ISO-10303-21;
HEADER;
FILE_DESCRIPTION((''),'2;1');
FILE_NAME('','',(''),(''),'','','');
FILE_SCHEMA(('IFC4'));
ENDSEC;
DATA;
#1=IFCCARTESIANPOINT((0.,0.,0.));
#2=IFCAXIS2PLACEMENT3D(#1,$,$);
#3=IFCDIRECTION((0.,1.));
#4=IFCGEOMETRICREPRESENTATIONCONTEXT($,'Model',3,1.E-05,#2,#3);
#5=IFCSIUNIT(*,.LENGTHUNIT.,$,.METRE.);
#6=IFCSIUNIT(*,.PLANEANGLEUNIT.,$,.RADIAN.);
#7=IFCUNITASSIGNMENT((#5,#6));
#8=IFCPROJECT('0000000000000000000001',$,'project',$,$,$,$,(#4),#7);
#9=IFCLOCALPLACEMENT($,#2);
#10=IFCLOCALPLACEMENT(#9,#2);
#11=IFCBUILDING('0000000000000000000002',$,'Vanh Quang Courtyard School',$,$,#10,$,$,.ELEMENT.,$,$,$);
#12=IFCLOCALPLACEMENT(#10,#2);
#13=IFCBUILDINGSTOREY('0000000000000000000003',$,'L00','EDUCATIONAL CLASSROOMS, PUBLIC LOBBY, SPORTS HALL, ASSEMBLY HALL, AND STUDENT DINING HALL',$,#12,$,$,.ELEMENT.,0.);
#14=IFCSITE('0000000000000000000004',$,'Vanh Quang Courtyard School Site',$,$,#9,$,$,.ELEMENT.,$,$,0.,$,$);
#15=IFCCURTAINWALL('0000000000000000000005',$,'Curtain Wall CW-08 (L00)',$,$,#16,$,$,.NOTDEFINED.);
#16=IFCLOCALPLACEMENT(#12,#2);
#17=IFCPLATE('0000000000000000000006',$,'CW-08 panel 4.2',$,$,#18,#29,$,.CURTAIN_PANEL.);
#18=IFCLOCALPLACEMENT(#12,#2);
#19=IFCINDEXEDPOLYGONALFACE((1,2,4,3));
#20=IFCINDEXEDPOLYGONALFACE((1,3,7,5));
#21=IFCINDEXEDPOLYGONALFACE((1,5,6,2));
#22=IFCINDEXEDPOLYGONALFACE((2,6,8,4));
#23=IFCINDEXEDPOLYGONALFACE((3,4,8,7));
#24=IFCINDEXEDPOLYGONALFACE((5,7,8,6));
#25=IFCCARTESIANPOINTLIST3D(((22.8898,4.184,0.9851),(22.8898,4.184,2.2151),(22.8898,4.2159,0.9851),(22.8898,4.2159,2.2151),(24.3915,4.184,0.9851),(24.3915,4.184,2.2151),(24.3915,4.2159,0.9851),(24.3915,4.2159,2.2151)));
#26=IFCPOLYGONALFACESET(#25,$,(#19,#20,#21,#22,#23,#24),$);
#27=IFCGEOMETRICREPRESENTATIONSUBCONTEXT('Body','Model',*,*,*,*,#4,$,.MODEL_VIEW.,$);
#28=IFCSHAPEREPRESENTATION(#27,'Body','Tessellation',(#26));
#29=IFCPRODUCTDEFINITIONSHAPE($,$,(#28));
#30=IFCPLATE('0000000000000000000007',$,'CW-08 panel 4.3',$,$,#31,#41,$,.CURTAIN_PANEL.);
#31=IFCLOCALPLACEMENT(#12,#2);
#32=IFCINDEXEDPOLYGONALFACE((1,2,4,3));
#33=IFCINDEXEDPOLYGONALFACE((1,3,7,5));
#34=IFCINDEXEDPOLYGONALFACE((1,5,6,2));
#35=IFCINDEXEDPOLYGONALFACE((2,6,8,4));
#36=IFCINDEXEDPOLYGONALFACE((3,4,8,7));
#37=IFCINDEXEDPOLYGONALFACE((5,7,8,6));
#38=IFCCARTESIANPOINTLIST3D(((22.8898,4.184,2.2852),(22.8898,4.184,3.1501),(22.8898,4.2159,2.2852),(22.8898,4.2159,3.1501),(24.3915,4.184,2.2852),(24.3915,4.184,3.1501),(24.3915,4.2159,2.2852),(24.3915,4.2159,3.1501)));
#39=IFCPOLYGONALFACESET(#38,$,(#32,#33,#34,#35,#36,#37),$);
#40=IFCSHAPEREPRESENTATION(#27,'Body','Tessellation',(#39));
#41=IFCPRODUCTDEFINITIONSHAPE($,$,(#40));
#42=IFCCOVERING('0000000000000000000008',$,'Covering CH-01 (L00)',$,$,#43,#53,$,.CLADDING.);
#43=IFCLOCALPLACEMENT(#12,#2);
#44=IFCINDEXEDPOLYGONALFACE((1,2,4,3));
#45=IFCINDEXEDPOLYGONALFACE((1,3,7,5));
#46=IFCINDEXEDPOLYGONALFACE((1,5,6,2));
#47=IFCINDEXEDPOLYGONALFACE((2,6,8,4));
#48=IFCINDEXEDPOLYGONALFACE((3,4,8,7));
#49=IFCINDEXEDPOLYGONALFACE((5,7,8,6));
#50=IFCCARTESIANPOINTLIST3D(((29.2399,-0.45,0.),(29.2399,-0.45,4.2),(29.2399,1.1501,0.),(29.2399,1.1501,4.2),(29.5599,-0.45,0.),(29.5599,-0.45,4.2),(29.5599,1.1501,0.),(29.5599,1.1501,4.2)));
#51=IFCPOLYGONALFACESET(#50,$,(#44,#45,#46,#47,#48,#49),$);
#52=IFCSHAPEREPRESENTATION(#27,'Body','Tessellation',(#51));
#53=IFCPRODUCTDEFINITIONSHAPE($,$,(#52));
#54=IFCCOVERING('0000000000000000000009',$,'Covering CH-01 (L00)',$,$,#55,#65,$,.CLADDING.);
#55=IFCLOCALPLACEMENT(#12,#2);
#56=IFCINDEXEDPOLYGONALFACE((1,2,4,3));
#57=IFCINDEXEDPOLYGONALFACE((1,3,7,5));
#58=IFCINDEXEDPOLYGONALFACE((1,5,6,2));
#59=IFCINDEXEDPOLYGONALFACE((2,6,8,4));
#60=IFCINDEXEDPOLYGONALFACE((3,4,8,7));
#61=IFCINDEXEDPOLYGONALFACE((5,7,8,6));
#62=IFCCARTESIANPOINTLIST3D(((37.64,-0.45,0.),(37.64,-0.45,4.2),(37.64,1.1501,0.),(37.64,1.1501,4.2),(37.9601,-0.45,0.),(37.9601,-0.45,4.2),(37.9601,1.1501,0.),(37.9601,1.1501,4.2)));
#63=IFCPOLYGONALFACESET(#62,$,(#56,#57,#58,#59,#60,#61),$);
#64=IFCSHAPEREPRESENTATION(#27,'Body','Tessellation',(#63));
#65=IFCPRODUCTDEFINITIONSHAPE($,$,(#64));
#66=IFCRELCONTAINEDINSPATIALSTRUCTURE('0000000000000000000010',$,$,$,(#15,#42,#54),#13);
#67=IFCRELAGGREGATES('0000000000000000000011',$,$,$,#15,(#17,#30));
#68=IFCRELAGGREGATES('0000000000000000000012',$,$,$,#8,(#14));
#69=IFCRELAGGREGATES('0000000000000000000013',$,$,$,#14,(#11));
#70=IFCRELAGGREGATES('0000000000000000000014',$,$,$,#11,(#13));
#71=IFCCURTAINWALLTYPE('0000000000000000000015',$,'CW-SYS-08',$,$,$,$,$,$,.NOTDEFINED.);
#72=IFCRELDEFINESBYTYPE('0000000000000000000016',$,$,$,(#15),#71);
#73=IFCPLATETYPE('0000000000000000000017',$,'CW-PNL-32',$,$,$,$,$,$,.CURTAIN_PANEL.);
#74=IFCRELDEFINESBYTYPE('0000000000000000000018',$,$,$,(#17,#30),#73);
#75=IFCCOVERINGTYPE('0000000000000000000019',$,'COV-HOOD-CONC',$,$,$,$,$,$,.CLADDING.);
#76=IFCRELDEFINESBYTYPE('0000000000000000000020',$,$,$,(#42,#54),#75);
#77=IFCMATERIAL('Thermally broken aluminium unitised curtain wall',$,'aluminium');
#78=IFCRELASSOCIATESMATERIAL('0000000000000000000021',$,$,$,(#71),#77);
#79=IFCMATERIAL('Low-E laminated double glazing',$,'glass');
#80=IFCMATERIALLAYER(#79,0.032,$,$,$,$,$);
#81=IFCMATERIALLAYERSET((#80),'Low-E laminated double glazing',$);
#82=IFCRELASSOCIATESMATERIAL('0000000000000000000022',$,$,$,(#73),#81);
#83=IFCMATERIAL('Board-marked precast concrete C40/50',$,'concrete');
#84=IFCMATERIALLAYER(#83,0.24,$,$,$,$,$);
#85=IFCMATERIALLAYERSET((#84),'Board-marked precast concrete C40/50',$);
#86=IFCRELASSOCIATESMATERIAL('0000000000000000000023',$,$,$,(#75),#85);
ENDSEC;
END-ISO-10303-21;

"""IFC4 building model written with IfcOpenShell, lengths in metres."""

from ifc_helpers import new_model, si_unit, direction, frame, origin, origin_2d, place, context, subcontext, project, spatial, rectangle, extrude, material, layer, layer_set, type_object, element, aggregate, save


model = new_model("IFC4")

# Units and contexts
model_context = context("Model", 3, precision=1e-05, world=origin(), true_north=direction((0.0, 1.0)))
body_context = subcontext(model_context, "Body", "Model", "MODEL_VIEW")
ifc_project = project(units=[si_unit("LENGTHUNIT", "METRE"), si_unit("PLANEANGLEUNIT", "RADIAN")], contexts=[model_context])

# Site, building, storey
site_placement = place(None, origin())
site = spatial("IfcSite", under=ifc_project, at=site_placement, Name="Vanh Quang Courtyard School Site", CompositionType="ELEMENT", RefElevation=0.0)
building_placement = place(site_placement, origin())
building = spatial("IfcBuilding", under=site, at=building_placement, Name="Vanh Quang Courtyard School", CompositionType="ELEMENT")
storey_placement = place(building_placement, origin())
storey = spatial("IfcBuildingStorey", under=building, at=storey_placement, Name="L00", Description="EDUCATIONAL CLASSROOMS, PUBLIC LOBBY, SPORTS HALL, ASSEMBLY HALL, AND STUDENT DINING HALL", CompositionType="ELEMENT", Elevation=0.0)

# Curtain wall, plates
ifc_material_1 = material(Name="Thermally broken aluminium unitised curtain wall", Category="aluminium")
curtain_wall_type = type_object("IfcCurtainWallType", Name="CW-SYS-08", PredefinedType="NOTDEFINED", material=ifc_material_1)
curtain_wall_placement = place(storey_placement, origin())
curtain_wall = element("IfcCurtainWall", 1, at=curtain_wall_placement, inside=storey, type_object=curtain_wall_type, Name="Curtain Wall CW-08 (L00)", PredefinedType="NOTDEFINED")
ifc_material_2 = material(Name="Low-E laminated double glazing", Category="glass")
ifc_layer_1 = layer(ifc_material_2, 0.032)
ifc_layer_set_1 = layer_set([ifc_layer_1], Name="Low-E laminated double glazing")
plate_type = type_object("IfcPlateType", Name="CW-PNL-32", PredefinedType="CURTAIN_PANEL", material=ifc_layer_set_1)
plate_1_placement = place(storey_placement, frame((23.6406, 4.2, 0.9851), z_axis=(0.0, 0.0, 1.0), x_axis=(-1.0, 0.0, 0.0)))
plate_1 = element("IfcPlate", 2, at=plate_1_placement, type_object=plate_type, Name="CW-08 panel 4.2", PredefinedType="CURTAIN_PANEL", context=body_context, shape_type="SweptSolid", body=[
    extrude(rectangle(XDim=1.5017, YDim=0.032, at=origin_2d()), origin(), (0.0, 0.0, 1.0), 1.23),
])
plate_2_placement = place(storey_placement, frame((23.6406, 4.2, 2.2852), z_axis=(0.0, 0.0, 1.0), x_axis=(-1.0, 0.0, 0.0)))
plate_2 = element("IfcPlate", 3, at=plate_2_placement, type_object=plate_type, Name="CW-08 panel 4.3", PredefinedType="CURTAIN_PANEL", context=body_context, shape_type="SweptSolid", body=[
    extrude(rectangle(XDim=1.5017, YDim=0.032, at=origin_2d()), origin(), (0.0, 0.0, 1.0), 0.865),
])
aggregate(curtain_wall, [plate_1, plate_2])

# Coverings
ifc_material_3 = material(Name="Board-marked precast concrete C40/50", Category="concrete")
ifc_layer_2 = layer(ifc_material_3, 0.24)
ifc_layer_set_2 = layer_set([ifc_layer_2], Name="Board-marked precast concrete C40/50")
covering_type = type_object("IfcCoveringType", Name="COV-HOOD-CONC", PredefinedType="CLADDING", material=ifc_layer_set_2)
for number, where, z_axis, x_axis, name in (
    (4, (29.3999, 0.3501, 0.0), (0.0, 0.0, 1.0), (0.0, 1.0, 0.0), "Covering CH-01 (L00)"),
    (5, (37.8, 0.3501, 0.0), (0.0, 0.0, 1.0), (0.0, 1.0, 0.0), "Covering CH-01 (L00)"),
):
    element("IfcCovering", number, at=place(storey_placement, frame(where, z_axis=z_axis, x_axis=x_axis)), inside=storey, type_object=covering_type, Name=name, PredefinedType="CLADDING", context=body_context, shape_type="SweptSolid", body=[
        extrude(rectangle(XDim=1.6001, YDim=0.3201, at=origin_2d()), origin(), (0.0, 0.0, 1.0), 4.2),
    ])

save(model, "model.ifc")
